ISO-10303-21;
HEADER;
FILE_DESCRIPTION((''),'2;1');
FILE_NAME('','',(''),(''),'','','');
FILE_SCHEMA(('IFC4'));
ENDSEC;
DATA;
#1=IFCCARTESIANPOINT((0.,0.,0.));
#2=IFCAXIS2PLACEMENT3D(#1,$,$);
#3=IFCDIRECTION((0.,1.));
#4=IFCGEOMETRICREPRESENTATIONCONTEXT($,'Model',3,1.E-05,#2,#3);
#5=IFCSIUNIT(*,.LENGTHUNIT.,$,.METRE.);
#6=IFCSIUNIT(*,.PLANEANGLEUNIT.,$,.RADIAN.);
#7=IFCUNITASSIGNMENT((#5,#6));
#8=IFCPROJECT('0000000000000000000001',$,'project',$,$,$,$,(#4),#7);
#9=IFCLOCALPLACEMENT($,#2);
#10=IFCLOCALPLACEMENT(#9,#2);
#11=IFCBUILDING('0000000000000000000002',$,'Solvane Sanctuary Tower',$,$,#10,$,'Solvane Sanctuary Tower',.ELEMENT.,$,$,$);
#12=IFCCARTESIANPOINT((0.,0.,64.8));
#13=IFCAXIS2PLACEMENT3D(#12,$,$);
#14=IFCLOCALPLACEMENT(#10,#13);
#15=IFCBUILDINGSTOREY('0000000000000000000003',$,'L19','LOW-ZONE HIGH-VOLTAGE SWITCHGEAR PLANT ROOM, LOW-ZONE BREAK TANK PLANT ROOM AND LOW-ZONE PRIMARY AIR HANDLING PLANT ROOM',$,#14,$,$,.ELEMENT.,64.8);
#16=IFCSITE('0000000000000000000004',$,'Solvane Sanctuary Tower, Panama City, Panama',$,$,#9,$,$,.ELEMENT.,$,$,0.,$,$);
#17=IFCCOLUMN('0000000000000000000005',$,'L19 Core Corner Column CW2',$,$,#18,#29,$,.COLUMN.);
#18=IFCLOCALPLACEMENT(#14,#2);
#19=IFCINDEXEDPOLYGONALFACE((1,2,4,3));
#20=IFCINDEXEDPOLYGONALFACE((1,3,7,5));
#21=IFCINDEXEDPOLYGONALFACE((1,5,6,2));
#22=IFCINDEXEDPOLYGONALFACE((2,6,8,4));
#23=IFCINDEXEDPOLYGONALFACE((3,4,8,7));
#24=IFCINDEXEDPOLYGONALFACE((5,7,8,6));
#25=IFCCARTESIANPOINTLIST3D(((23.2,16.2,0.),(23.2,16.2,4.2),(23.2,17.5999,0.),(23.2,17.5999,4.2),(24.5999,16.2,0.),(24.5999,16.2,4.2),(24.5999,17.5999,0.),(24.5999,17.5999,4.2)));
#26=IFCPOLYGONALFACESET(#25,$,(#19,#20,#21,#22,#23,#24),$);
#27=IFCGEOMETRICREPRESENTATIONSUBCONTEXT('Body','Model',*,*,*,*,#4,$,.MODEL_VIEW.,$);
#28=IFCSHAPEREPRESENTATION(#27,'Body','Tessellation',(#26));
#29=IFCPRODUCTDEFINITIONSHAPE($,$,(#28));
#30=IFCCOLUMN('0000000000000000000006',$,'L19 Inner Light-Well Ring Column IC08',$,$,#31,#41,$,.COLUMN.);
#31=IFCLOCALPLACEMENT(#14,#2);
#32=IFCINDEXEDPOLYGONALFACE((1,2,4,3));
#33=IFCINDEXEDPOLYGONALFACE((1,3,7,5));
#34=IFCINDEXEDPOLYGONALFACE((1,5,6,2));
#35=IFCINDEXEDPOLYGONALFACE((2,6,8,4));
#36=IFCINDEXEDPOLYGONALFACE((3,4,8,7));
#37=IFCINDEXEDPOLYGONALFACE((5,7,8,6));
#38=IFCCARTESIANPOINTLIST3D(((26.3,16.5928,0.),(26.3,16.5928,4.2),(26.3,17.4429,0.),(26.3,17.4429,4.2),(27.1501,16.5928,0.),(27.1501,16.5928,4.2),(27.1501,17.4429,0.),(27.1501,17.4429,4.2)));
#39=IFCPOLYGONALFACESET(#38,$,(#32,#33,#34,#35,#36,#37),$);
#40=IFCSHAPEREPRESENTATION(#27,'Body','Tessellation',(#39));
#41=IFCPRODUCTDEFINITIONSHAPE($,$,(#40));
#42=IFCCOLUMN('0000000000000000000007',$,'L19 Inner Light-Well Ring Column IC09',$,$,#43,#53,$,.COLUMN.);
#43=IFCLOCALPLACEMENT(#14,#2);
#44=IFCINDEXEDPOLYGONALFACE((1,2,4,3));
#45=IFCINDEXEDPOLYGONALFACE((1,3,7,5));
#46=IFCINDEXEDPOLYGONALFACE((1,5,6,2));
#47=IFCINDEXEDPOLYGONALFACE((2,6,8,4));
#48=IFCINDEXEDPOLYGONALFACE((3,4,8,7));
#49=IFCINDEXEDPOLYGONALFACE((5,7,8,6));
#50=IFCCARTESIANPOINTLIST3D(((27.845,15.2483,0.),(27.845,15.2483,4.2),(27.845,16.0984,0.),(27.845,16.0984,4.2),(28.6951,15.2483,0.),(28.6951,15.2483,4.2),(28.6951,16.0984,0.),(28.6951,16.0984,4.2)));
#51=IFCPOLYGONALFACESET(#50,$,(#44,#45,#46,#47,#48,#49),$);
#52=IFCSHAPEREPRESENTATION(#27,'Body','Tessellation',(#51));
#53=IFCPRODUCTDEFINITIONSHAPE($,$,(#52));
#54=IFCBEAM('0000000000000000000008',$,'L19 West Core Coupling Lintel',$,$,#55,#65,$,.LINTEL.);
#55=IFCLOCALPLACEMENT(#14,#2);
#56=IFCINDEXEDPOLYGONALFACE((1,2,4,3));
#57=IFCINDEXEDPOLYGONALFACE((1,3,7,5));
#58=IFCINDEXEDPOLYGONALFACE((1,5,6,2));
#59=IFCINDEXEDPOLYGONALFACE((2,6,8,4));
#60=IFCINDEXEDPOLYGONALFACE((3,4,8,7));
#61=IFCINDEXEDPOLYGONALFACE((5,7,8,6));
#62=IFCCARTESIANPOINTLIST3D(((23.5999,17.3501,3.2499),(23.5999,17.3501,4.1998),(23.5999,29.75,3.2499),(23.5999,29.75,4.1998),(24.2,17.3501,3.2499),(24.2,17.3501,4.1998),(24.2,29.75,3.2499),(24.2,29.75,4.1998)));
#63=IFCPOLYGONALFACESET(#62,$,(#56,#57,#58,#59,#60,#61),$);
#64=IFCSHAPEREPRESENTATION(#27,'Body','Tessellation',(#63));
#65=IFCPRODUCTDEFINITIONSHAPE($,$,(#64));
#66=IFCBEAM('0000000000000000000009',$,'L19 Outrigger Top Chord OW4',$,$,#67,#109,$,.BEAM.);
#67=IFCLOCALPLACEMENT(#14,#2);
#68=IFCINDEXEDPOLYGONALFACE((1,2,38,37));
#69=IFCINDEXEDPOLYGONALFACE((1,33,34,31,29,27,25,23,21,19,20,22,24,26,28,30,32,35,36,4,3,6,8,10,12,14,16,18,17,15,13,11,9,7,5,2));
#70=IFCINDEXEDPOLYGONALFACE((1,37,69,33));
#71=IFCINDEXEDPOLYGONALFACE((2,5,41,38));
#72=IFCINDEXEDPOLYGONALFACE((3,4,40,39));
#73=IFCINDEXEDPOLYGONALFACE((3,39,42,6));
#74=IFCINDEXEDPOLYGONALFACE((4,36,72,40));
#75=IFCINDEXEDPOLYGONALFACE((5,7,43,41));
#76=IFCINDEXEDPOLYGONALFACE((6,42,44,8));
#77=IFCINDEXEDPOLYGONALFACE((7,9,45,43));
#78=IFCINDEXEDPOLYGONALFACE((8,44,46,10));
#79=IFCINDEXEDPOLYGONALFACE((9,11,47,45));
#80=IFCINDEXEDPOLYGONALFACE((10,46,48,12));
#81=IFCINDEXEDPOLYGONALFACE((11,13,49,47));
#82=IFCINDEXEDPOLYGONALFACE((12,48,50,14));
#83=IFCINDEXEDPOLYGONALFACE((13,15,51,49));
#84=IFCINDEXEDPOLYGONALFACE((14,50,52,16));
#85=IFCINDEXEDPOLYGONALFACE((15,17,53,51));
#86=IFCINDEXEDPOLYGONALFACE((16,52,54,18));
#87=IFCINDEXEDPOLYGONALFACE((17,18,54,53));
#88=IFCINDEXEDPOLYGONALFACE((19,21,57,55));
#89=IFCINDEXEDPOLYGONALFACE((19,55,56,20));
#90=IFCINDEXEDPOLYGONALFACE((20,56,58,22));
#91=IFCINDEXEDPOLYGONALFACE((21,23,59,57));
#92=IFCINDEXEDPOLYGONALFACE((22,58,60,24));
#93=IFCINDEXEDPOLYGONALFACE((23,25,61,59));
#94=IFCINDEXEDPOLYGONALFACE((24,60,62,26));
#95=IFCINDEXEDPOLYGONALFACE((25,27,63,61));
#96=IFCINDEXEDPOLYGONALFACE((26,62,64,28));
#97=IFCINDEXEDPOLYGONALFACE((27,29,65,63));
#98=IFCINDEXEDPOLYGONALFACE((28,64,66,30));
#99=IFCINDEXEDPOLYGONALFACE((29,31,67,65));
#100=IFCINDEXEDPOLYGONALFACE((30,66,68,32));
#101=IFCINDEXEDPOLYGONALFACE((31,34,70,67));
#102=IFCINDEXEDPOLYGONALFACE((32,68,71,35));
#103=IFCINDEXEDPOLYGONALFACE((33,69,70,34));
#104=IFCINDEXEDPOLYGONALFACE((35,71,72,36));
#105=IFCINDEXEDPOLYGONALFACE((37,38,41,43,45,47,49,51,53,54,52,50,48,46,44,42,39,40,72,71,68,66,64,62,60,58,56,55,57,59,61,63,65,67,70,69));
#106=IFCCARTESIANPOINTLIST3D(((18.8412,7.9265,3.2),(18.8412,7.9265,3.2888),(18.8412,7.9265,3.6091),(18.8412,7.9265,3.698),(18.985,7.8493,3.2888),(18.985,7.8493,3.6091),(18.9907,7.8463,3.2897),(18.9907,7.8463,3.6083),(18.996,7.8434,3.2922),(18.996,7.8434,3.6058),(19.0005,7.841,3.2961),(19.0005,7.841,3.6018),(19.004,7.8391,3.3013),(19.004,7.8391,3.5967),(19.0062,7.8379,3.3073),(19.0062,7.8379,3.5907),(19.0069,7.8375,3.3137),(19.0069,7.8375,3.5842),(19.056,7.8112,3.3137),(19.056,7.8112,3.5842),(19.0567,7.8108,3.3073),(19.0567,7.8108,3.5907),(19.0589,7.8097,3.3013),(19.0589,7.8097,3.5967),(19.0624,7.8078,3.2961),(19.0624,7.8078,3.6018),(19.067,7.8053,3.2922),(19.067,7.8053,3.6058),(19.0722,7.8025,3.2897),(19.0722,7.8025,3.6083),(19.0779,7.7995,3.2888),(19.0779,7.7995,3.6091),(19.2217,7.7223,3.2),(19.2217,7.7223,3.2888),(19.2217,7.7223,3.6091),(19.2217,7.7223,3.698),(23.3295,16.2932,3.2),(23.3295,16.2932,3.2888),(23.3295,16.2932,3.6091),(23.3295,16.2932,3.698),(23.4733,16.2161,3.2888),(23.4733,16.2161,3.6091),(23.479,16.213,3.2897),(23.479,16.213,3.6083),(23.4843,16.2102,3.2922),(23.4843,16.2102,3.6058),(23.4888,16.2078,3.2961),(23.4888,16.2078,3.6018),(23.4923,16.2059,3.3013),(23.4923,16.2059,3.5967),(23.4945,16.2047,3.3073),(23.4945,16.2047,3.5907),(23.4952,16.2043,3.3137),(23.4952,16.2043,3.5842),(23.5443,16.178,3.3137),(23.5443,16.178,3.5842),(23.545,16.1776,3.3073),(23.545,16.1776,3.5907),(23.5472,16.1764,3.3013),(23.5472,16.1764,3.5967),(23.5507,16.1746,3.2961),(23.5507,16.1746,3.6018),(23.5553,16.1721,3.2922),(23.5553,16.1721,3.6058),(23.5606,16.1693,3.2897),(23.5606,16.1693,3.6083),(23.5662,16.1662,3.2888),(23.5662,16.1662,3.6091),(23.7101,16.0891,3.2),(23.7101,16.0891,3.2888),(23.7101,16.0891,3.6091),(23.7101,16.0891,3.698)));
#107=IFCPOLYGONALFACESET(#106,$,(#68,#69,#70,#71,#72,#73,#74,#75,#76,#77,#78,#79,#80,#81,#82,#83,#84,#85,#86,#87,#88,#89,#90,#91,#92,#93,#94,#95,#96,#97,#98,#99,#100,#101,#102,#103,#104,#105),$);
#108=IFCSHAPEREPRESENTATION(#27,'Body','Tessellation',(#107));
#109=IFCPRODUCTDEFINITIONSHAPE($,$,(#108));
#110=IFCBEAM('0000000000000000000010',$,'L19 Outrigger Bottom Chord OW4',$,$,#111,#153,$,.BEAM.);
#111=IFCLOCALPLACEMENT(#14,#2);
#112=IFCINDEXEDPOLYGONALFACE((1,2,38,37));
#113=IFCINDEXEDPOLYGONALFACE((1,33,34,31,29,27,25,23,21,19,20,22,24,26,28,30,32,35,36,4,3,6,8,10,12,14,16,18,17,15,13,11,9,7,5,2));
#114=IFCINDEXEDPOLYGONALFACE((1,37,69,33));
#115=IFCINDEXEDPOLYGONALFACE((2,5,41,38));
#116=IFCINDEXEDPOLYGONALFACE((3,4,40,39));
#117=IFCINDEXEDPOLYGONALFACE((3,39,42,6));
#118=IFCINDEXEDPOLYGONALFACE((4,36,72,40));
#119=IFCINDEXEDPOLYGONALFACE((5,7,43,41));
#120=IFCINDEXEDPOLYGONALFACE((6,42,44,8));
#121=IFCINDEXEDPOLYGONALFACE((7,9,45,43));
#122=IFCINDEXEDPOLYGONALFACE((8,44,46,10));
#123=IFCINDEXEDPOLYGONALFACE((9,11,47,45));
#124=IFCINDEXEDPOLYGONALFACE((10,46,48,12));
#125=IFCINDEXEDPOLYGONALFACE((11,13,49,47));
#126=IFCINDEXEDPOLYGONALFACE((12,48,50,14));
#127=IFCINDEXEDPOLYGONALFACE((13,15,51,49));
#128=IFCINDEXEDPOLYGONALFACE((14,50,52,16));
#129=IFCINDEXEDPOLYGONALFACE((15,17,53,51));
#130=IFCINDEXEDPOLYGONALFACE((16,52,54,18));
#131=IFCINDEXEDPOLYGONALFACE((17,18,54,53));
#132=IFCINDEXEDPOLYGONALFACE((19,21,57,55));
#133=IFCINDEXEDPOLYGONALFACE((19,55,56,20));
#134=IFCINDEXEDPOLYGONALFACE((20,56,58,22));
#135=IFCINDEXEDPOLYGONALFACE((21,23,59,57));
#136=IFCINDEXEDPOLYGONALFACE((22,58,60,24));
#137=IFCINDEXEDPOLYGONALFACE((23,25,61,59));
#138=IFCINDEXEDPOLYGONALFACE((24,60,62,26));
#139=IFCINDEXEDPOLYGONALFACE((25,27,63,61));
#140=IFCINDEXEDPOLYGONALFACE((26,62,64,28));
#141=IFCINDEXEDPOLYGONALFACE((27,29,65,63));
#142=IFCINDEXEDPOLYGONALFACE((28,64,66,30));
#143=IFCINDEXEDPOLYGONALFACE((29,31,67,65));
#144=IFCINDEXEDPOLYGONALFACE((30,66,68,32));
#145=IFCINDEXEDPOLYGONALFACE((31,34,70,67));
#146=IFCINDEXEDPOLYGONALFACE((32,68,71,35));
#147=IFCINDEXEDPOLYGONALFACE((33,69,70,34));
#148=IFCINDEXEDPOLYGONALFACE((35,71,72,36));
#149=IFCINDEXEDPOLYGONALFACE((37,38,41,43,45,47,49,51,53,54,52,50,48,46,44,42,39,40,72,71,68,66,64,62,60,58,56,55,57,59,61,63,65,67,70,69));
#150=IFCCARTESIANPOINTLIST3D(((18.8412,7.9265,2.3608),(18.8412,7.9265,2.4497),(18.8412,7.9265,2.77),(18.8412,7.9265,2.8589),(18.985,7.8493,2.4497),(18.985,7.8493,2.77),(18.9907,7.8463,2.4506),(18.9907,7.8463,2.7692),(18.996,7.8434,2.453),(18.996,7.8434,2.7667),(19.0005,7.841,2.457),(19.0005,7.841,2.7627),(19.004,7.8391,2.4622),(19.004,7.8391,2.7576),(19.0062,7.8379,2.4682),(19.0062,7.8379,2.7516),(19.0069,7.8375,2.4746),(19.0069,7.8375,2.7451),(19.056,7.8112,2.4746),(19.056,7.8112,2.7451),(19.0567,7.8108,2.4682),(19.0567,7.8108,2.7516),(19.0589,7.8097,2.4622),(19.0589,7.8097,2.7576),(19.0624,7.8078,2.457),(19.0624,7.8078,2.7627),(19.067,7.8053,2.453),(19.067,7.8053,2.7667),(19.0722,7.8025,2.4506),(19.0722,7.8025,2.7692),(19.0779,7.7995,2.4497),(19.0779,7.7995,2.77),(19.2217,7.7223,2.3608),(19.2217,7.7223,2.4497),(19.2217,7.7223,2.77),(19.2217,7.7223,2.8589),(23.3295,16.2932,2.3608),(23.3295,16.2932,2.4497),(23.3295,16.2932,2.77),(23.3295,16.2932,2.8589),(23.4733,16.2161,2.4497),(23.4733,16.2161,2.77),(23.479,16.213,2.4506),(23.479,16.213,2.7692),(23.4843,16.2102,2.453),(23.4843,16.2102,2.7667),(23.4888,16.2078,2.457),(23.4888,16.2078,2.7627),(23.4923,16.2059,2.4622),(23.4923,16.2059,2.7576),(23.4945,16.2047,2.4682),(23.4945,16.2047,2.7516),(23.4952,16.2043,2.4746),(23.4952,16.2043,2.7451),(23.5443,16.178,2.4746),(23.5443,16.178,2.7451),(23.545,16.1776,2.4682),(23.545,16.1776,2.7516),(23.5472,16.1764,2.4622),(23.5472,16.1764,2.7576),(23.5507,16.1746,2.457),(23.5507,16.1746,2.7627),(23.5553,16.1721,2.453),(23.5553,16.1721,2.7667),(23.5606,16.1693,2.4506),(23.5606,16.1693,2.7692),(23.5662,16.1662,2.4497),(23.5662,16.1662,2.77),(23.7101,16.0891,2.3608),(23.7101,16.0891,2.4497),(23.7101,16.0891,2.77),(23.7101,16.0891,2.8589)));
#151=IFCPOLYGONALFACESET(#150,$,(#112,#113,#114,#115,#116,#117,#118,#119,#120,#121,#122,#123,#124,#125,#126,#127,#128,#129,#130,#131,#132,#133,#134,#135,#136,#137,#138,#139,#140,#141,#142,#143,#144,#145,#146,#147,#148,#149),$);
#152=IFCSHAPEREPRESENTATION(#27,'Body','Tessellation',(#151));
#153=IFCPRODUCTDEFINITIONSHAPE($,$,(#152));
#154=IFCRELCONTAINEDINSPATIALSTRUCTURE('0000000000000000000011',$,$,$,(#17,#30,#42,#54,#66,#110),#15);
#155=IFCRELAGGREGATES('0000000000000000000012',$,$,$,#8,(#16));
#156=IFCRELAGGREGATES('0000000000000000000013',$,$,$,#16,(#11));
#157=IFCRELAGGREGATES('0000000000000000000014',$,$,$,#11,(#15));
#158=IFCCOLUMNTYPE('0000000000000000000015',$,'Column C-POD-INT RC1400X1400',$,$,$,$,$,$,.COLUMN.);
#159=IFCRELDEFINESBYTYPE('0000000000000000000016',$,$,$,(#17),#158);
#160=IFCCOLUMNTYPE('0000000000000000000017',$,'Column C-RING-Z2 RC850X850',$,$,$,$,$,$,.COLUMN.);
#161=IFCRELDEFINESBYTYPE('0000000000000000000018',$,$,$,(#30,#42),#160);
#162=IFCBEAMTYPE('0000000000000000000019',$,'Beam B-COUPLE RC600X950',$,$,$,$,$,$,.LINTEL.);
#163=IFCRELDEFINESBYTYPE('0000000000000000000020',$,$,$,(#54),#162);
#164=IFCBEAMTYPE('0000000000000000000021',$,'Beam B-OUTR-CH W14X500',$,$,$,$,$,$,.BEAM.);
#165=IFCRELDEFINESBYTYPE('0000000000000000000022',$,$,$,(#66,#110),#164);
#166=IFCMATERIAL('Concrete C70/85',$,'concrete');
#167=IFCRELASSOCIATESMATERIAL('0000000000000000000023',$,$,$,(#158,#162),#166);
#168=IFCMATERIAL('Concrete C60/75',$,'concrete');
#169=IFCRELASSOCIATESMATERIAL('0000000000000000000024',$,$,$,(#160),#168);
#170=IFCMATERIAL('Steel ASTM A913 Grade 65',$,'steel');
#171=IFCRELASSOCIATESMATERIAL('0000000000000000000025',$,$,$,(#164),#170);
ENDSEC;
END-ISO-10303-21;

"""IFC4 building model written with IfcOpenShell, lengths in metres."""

from ifc_helpers import new_model, si_unit, direction, frame, origin, origin_2d, place, context, subcontext, project, spatial, rectangle, i_section, extrude, material, material_profile, profile_set, type_object, element, save


model = new_model("IFC4")

# Units and contexts
model_context = context("Model", 3, precision=1e-05, world=origin(), true_north=direction((0.0, 1.0)))
body_context = subcontext(model_context, "Body", "Model", "MODEL_VIEW")
ifc_project = project(units=[si_unit("LENGTHUNIT", "METRE"), si_unit("PLANEANGLEUNIT", "RADIAN")], contexts=[model_context])

# Site, building, storey
site_placement = place(None, origin())
site = spatial("IfcSite", under=ifc_project, at=site_placement, Name="Solvane Sanctuary Tower, Panama City, Panama", CompositionType="ELEMENT", RefElevation=0.0)
building_placement = place(site_placement, origin())
building = spatial("IfcBuilding", under=site, at=building_placement, Name="Solvane Sanctuary Tower", LongName="Solvane Sanctuary Tower", CompositionType="ELEMENT")
storey_placement = place(building_placement, frame((0.0, 0.0, 64.8)))
storey = spatial("IfcBuildingStorey", under=building, at=storey_placement, Name="L19", Description="LOW-ZONE HIGH-VOLTAGE SWITCHGEAR PLANT ROOM, LOW-ZONE BREAK TANK PLANT ROOM AND LOW-ZONE PRIMARY AIR HANDLING PLANT ROOM", CompositionType="ELEMENT", Elevation=64.8)

# Columns
ifc_material_1 = material(Name="Concrete C70/85", Category="concrete")
ifc_material_profile_1 = material_profile(ifc_material_1, rectangle(XDim=1.3999, YDim=1.3999, at=origin_2d()), Name="RC1400X1400")
ifc_profile_set_1 = profile_set([ifc_material_profile_1], Name="Concrete C70/85")
column_type_1 = type_object("IfcColumnType", Name="Column C-POD-INT RC1400X1400", PredefinedType="COLUMN", material=ifc_profile_set_1)
column_placement = place(storey_placement, frame((23.8999, 16.8999, 0.0), z_axis=(0.0, 0.0, 1.0), x_axis=(1.0, 0.0, 0.0)))
element("IfcColumn", 1, at=column_placement, inside=storey, type_object=column_type_1, Name="L19 Core Corner Column CW2", PredefinedType="COLUMN", context=body_context, shape_type="SweptSolid", body=[
    extrude(rectangle(XDim=1.3999, YDim=1.3999, at=origin_2d()), origin(), (0.0, 0.0, 1.0), 4.2),
])
ifc_material_2 = material(Name="Concrete C60/75", Category="concrete")
ifc_material_profile_2 = material_profile(ifc_material_2, rectangle(XDim=0.8501, YDim=0.8501, at=origin_2d()), Name="RC850X850")
ifc_profile_set_2 = profile_set([ifc_material_profile_2], Name="Concrete C60/75")
column_type_2 = type_object("IfcColumnType", Name="Column C-RING-Z2 RC850X850", PredefinedType="COLUMN", material=ifc_profile_set_2)
for number, where, z_axis, x_axis, name in (
    (2, (26.7251, 17.0178, 0.0), (0.0, 0.0, 1.0), (1.0, 0.0, 0.0), "L19 Inner Light-Well Ring Column IC08"),
    (3, (28.27, 15.6733, 0.0), (0.0, 0.0, 1.0), (1.0, 0.0, 0.0), "L19 Inner Light-Well Ring Column IC09"),
):
    element("IfcColumn", number, at=place(storey_placement, frame(where, z_axis=z_axis, x_axis=x_axis)), inside=storey, type_object=column_type_2, Name=name, PredefinedType="COLUMN", context=body_context, shape_type="SweptSolid", body=[
        extrude(rectangle(XDim=0.8501, YDim=0.8501, at=origin_2d()), origin(), (0.0, 0.0, 1.0), 4.2),
    ])

# Beams
ifc_material_profile_3 = material_profile(ifc_material_1, rectangle(XDim=0.6001, YDim=0.95, at=origin_2d()), Name="RC600X950")
ifc_profile_set_3 = profile_set([ifc_material_profile_3], Name="Concrete C70/85")
beam_type_1 = type_object("IfcBeamType", Name="Beam B-COUPLE RC600X950", PredefinedType="LINTEL", material=ifc_profile_set_3)
beam_1_placement = place(storey_placement, frame((23.8999, 17.3501, 3.7249), z_axis=(0.0, 1.0, 0.0), x_axis=(-1.0, 0.0, 0.0)))
element("IfcBeam", 4, at=beam_1_placement, inside=storey, type_object=beam_type_1, Name="L19 West Core Coupling Lintel", PredefinedType="LINTEL", context=body_context, shape_type="SweptSolid", body=[
    extrude(rectangle(XDim=0.6001, YDim=0.95, at=origin_2d()), origin(), (0.0, 0.0, 1.0), 12.3999),
])
ifc_material_3 = material(Name="Steel ASTM A913 Grade 65", Category="steel")
ifc_material_profile_4 = material_profile(ifc_material_3, i_section(OverallWidth=0.4319, OverallDepth=0.498, WebThickness=0.0557, FlangeThickness=0.0889, FilletRadius=0.0249, at=origin_2d()), Name="W14X500")
ifc_profile_set_4 = profile_set([ifc_material_profile_4], Name="Steel ASTM A913 Grade 65")
beam_type_2 = type_object("IfcBeamType", Name="Beam B-OUTR-CH W14X500", PredefinedType="BEAM", material=ifc_profile_set_4)
for number, where, z_axis, x_axis, name in (
    (5, (23.5198, 16.1912, 3.449), (-0.472722, -0.881211, 0.0), (0.881211, -0.472722, 0.0), "L19 Outrigger Top Chord OW4"),
    (6, (23.5198, 16.1912, 2.6099), (-0.472722, -0.881211, 0.0), (0.881211, -0.472722, 0.0), "L19 Outrigger Bottom Chord OW4"),
):
    element("IfcBeam", number, at=place(storey_placement, frame(where, z_axis=z_axis, x_axis=x_axis)), inside=storey, type_object=beam_type_2, Name=name, PredefinedType="BEAM", context=body_context, shape_type="SweptSolid", body=[
        extrude(i_section(OverallWidth=0.4319, OverallDepth=0.498, WebThickness=0.0557, FlangeThickness=0.0889, FilletRadius=0.0249, at=origin_2d()), origin(), (0.0, 0.0, 1.0), 9.4946),
    ])

save(model, "model.ifc")
